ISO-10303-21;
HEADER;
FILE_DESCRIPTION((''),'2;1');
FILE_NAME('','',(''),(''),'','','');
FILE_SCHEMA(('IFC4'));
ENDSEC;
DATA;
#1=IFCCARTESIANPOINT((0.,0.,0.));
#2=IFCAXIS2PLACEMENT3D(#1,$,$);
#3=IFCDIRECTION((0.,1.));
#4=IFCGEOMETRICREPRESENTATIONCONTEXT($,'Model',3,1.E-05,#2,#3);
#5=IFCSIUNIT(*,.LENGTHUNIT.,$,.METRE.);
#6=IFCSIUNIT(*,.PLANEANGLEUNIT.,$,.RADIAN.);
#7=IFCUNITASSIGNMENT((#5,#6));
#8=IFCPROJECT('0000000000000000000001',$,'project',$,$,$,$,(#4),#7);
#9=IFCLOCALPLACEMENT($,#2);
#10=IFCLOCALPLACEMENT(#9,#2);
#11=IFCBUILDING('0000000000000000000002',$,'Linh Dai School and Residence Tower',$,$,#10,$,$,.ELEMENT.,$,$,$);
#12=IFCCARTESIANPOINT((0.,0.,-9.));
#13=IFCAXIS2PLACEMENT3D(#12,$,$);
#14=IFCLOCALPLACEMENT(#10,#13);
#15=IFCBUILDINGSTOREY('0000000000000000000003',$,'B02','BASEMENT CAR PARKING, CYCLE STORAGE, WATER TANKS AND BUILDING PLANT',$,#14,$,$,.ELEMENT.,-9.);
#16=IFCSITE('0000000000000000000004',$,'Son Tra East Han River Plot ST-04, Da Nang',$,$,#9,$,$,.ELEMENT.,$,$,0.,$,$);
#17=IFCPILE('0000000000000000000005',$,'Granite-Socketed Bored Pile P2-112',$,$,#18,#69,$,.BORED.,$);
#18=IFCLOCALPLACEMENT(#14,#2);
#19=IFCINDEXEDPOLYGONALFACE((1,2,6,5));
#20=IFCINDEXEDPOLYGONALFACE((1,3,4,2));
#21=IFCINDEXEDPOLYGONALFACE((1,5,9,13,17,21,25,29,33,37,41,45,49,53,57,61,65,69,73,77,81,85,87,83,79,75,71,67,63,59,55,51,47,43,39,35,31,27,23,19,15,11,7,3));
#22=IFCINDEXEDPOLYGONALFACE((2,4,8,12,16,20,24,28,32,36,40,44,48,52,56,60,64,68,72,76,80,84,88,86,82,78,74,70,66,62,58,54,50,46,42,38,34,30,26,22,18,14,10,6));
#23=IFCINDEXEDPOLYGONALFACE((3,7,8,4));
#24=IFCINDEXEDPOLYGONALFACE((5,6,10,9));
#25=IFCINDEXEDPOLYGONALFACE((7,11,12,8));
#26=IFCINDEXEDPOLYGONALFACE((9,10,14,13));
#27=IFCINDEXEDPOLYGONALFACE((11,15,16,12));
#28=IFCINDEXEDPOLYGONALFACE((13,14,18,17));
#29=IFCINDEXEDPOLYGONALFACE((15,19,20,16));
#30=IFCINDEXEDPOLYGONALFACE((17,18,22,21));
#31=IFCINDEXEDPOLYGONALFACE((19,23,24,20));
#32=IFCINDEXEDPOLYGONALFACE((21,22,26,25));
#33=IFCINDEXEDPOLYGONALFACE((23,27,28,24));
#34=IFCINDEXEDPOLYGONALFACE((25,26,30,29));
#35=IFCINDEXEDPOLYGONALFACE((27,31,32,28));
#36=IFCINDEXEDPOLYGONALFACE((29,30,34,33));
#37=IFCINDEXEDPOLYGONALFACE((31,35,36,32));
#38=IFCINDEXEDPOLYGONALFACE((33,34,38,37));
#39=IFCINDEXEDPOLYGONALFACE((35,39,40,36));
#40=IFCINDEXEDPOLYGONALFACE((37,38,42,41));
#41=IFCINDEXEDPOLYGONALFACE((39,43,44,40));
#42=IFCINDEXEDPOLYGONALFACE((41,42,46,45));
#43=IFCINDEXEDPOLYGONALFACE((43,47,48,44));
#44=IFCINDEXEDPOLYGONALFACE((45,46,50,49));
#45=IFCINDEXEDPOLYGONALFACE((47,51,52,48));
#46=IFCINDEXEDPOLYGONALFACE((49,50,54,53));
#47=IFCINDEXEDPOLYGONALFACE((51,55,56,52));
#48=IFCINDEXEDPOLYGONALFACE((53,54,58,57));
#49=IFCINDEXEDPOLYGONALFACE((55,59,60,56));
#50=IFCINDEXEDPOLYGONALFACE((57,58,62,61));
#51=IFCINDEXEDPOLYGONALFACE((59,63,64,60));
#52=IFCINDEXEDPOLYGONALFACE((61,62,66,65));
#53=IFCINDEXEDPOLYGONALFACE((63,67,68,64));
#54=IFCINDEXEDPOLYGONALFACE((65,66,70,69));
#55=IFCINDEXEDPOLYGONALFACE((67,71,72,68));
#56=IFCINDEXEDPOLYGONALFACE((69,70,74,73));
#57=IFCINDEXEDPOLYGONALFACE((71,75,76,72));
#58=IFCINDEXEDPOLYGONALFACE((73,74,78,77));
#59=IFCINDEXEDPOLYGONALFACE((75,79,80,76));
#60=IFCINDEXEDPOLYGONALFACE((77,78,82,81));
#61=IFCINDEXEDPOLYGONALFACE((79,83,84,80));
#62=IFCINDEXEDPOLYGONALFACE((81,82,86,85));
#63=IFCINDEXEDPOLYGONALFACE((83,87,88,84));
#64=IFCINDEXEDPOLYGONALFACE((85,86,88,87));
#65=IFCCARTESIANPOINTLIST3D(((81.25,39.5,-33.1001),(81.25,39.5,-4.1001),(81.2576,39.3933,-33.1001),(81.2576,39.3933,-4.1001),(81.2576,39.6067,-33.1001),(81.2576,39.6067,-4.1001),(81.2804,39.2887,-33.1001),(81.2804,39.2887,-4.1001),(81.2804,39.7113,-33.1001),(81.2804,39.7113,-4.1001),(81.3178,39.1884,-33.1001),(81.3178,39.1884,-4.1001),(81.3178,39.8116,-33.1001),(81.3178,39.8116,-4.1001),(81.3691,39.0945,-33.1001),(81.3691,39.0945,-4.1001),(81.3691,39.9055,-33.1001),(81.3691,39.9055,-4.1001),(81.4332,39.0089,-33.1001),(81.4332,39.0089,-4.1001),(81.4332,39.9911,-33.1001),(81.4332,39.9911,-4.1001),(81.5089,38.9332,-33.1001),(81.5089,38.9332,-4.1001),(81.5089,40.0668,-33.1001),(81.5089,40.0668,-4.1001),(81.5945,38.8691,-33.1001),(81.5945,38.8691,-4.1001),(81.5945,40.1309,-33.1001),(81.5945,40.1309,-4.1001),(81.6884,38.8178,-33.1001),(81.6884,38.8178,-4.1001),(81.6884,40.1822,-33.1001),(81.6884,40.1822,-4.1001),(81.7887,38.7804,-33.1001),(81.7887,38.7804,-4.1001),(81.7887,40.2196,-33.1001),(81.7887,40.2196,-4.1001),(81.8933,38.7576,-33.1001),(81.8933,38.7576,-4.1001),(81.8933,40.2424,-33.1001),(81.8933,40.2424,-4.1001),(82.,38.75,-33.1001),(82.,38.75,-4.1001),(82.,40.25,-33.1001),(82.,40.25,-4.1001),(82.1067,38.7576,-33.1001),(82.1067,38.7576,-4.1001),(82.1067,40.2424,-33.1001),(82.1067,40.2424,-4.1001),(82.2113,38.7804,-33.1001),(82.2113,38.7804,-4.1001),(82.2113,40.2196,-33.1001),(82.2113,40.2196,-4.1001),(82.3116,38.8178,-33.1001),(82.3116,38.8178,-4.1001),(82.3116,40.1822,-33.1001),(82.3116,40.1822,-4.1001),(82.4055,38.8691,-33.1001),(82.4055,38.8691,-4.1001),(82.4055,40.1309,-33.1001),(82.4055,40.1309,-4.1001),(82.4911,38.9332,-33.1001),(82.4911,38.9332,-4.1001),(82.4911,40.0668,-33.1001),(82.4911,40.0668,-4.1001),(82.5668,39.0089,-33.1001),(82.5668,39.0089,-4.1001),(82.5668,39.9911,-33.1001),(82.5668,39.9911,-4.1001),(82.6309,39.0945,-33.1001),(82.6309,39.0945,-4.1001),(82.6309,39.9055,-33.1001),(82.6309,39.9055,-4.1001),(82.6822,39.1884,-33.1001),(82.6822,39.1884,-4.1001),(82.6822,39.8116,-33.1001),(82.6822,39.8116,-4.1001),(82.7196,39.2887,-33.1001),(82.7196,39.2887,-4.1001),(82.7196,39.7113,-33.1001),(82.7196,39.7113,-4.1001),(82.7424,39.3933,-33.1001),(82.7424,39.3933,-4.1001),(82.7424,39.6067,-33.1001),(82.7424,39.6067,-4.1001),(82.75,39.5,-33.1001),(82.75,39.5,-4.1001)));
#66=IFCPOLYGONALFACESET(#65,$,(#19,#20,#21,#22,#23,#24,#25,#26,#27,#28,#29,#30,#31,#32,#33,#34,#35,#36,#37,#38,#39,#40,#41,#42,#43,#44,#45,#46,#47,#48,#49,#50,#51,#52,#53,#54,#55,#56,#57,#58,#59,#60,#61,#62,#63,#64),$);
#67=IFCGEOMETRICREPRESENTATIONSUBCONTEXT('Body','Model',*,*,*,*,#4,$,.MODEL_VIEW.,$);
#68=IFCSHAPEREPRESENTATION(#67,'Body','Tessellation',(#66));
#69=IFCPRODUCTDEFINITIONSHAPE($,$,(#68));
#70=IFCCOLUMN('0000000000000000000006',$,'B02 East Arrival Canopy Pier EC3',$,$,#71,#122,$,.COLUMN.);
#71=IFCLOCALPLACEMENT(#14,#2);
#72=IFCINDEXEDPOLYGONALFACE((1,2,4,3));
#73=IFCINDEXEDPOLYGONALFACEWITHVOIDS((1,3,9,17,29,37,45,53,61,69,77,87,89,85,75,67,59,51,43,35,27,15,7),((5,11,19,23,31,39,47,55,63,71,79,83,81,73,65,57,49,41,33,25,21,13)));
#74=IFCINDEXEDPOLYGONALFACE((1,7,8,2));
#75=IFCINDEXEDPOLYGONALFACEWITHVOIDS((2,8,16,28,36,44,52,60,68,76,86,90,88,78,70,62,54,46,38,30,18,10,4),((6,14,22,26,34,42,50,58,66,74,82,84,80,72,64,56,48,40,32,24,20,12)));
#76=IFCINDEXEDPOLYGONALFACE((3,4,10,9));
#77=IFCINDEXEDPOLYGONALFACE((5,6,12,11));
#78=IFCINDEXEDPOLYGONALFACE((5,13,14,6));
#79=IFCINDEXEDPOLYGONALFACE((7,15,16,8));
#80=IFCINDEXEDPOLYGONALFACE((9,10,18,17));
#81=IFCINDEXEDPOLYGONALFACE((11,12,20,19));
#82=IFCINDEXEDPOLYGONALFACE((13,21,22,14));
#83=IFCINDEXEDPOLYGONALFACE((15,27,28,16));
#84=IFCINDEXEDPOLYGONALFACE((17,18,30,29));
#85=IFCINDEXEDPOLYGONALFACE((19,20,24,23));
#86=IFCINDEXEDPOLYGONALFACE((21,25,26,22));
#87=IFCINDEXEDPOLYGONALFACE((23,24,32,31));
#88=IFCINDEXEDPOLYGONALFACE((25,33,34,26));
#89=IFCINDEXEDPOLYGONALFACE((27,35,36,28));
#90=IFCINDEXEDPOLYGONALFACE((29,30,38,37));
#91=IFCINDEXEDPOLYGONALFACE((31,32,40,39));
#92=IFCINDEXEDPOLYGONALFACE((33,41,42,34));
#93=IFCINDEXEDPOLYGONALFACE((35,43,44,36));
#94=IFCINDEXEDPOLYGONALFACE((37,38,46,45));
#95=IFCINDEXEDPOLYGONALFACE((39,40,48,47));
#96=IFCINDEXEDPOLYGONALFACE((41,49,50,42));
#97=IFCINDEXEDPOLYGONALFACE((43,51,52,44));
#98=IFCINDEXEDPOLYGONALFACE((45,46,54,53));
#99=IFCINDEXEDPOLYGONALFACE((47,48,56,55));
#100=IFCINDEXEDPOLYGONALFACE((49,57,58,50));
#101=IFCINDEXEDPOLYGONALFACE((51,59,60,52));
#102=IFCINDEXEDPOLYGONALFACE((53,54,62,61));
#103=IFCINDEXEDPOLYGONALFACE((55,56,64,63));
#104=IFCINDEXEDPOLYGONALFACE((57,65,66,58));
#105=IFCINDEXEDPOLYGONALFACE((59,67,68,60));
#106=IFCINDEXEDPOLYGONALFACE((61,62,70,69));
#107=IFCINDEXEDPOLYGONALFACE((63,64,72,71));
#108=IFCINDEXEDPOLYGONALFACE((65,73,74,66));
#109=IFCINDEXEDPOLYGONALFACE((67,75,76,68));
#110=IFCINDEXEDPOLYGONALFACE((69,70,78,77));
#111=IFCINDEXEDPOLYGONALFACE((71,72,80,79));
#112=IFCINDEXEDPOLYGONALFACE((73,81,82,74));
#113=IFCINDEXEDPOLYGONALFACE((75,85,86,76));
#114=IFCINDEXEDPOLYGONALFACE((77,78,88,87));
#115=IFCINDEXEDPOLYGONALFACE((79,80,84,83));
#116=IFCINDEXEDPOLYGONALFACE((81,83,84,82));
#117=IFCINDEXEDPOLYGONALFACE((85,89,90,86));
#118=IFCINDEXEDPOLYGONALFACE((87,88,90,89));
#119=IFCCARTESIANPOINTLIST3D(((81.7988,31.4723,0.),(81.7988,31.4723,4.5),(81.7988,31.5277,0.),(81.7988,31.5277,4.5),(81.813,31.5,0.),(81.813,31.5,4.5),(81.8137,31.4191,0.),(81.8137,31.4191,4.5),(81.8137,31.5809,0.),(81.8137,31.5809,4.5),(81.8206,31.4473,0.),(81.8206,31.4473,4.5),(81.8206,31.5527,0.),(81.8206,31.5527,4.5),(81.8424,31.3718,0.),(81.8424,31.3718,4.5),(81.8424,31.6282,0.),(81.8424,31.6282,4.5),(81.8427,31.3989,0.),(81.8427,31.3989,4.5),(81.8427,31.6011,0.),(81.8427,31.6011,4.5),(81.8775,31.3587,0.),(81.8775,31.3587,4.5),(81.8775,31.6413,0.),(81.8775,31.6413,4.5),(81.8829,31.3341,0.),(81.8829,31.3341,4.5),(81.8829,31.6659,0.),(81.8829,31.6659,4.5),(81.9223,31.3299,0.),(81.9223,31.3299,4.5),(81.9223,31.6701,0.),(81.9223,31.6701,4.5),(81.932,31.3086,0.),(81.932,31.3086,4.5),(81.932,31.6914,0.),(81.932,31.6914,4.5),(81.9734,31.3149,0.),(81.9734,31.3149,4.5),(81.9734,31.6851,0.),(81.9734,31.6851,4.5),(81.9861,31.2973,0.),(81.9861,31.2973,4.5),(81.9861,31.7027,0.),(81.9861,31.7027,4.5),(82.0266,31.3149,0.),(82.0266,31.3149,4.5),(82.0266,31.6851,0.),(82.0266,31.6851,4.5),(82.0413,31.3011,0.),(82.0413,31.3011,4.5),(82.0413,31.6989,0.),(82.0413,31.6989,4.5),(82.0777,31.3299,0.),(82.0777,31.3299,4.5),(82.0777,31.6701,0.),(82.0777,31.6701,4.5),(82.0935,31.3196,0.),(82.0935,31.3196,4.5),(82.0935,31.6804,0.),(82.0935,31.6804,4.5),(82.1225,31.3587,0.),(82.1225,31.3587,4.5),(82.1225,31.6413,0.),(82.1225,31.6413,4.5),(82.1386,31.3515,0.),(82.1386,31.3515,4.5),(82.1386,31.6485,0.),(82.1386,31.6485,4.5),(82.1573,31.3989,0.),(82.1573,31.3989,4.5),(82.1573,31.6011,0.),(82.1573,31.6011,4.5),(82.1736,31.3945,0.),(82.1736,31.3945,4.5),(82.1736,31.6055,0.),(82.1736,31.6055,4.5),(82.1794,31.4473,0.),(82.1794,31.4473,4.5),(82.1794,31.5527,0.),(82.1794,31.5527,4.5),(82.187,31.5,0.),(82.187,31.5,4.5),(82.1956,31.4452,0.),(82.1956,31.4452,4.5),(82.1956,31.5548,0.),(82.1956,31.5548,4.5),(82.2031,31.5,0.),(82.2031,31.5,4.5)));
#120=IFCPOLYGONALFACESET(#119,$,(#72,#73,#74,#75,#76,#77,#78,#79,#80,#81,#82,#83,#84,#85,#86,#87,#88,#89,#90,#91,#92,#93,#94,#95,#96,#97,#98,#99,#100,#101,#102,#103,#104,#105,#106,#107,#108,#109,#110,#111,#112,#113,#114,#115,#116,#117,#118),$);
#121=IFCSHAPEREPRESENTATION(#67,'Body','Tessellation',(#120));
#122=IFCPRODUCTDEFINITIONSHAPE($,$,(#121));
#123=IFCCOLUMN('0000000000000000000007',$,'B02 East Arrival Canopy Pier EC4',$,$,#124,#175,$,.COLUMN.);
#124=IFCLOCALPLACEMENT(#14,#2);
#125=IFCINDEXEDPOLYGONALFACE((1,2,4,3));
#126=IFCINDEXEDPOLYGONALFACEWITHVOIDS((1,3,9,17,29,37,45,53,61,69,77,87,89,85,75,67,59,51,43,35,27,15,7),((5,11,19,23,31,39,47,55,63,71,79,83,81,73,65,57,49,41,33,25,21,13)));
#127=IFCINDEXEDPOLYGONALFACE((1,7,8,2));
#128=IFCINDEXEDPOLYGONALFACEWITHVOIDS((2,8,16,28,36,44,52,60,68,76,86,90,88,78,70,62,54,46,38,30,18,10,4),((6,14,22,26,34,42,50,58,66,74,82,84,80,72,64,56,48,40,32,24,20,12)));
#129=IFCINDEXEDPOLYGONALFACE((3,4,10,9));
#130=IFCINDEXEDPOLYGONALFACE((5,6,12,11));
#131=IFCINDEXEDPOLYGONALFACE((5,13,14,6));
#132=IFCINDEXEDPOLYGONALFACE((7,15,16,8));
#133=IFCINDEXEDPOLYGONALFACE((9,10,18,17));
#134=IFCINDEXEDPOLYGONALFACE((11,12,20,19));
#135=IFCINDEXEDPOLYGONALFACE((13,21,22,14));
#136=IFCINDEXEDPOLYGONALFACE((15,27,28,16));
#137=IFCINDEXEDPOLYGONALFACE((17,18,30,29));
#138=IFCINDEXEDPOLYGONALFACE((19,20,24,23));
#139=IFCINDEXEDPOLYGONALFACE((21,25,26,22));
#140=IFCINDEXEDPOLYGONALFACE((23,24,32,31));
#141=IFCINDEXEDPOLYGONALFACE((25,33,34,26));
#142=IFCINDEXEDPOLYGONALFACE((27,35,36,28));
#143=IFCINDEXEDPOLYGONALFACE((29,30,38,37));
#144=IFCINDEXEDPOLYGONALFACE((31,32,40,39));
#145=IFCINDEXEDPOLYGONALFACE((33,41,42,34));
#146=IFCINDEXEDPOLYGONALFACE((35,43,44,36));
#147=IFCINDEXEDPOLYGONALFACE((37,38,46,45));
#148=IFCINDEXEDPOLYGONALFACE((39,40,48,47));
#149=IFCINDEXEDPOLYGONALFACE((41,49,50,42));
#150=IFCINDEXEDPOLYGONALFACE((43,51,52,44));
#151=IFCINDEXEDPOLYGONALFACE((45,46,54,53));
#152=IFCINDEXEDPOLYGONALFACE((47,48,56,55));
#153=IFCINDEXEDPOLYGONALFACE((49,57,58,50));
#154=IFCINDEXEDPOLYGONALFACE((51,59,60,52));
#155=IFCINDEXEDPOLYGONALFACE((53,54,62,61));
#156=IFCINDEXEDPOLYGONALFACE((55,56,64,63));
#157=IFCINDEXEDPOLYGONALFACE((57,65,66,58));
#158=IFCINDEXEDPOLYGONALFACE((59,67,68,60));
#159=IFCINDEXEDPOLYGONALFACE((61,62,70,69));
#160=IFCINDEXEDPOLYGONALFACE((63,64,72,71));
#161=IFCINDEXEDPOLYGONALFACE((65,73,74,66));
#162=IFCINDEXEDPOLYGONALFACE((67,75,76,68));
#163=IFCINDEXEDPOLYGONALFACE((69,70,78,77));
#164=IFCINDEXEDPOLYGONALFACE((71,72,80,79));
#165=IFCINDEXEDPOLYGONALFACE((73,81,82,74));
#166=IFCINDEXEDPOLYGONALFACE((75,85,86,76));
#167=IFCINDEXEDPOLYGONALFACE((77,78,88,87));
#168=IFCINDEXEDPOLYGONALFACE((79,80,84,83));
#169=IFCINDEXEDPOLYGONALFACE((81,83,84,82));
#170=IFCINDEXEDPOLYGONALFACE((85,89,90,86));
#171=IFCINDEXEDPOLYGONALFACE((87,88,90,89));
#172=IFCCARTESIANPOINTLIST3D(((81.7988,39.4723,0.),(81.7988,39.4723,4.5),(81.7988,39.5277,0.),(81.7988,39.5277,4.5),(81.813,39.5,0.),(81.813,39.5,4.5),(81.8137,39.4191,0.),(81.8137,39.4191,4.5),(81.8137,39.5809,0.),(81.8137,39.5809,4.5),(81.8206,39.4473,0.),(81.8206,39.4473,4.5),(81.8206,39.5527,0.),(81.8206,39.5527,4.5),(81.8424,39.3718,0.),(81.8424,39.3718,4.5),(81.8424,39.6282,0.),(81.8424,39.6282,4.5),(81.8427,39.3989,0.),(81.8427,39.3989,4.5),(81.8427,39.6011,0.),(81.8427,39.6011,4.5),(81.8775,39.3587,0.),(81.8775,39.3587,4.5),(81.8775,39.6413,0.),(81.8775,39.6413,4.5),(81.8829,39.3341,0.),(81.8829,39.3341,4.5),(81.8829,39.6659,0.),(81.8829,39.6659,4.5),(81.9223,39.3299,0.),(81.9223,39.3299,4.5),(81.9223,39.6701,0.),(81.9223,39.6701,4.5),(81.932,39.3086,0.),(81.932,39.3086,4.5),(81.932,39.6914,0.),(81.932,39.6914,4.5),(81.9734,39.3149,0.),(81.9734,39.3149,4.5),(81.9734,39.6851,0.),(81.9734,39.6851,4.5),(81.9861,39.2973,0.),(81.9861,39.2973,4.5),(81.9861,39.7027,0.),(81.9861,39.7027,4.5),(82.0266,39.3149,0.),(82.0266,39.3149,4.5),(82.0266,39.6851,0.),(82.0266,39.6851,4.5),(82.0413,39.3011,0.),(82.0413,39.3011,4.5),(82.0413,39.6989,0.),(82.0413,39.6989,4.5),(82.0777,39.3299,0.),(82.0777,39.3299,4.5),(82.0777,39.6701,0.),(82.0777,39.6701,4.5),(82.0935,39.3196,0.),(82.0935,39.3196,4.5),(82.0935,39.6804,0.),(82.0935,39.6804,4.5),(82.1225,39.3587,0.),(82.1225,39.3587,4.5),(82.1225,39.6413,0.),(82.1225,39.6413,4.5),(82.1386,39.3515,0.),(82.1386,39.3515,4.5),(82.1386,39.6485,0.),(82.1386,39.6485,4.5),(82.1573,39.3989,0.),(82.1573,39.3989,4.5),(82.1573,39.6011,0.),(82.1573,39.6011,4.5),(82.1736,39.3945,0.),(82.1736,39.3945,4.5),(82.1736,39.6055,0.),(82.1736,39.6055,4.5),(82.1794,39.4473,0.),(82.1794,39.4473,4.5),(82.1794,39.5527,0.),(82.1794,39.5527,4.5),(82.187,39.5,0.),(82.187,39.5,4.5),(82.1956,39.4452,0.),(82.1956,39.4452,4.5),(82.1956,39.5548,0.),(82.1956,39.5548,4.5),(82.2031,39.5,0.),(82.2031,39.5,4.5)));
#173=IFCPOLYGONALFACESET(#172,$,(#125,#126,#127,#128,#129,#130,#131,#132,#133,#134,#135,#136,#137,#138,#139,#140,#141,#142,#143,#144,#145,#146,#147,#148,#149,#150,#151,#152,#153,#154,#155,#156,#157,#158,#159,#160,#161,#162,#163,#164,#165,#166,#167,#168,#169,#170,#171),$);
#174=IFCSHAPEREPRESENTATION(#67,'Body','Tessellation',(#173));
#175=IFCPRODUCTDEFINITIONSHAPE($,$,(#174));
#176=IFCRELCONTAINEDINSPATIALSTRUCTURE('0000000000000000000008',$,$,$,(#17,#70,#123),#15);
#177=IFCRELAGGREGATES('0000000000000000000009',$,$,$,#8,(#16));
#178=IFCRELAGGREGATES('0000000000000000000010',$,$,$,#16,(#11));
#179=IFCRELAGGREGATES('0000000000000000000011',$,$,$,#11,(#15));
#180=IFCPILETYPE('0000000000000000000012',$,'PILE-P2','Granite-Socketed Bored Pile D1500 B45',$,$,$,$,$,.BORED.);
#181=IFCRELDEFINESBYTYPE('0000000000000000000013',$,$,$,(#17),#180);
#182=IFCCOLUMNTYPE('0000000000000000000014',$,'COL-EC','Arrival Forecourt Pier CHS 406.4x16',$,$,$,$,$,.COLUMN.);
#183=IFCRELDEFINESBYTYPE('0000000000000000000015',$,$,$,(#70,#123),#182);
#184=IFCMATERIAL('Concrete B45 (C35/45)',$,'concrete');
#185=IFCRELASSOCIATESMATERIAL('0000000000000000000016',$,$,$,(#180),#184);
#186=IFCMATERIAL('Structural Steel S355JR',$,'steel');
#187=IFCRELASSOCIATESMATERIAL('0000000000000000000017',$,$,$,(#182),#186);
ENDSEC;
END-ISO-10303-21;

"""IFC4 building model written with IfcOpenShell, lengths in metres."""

from ifc_helpers import new_model, si_unit, direction, frame, origin, origin_2d, place, context, subcontext, project, spatial, circle, hollow_circle, extrude, material, material_profile, profile_set, type_object, element, save


model = new_model("IFC4")

# Units and contexts
model_context = context("Model", 3, precision=1e-05, world=origin(), true_north=direction((0.0, 1.0)))
body_context = subcontext(model_context, "Body", "Model", "MODEL_VIEW")
ifc_project = project(units=[si_unit("LENGTHUNIT", "METRE"), si_unit("PLANEANGLEUNIT", "RADIAN")], contexts=[model_context])

# Site, building, storey
site_placement = place(None, origin())
site = spatial("IfcSite", under=ifc_project, at=site_placement, Name="Son Tra East Han River Plot ST-04, Da Nang", CompositionType="ELEMENT", RefElevation=0.0)
building_placement = place(site_placement, origin())
building = spatial("IfcBuilding", under=site, at=building_placement, Name="Linh Dai School and Residence Tower", CompositionType="ELEMENT")
storey_placement = place(building_placement, frame((0.0, 0.0, -9.0)))
storey = spatial("IfcBuildingStorey", under=building, at=storey_placement, Name="B02", Description="BASEMENT CAR PARKING, CYCLE STORAGE, WATER TANKS AND BUILDING PLANT", CompositionType="ELEMENT", Elevation=-9.0)

# Pile
ifc_material_1 = material(Name="Concrete B45 (C35/45)", Category="concrete")
ifc_material_profile_1 = material_profile(ifc_material_1, circle(Radius=0.75, at=origin_2d()), Name="PILE D1500")
ifc_profile_set_1 = profile_set([ifc_material_profile_1], Name="Concrete B45 (C35/45)")
pile_type = type_object("IfcPileType", Name="PILE-P2", Description="Granite-Socketed Bored Pile D1500 B45", PredefinedType="BORED", material=ifc_profile_set_1)
for number, where, z_axis, x_axis, name in (
    (1, (82.0, 39.5, -4.1001), (0.0, 0.0, -1.0), (1.0, 0.0, 0.0), "Granite-Socketed Bored Pile P2-112"),
):
    element("IfcPile", number, at=place(storey_placement, frame(where, z_axis=z_axis, x_axis=x_axis)), inside=storey, type_object=pile_type, Name=name, PredefinedType="BORED", context=body_context, shape_type="SweptSolid", body=[
        extrude(circle(Radius=0.75, at=origin_2d()), origin(), (0.0, 0.0, 1.0), 29.0),
    ])

# Columns
ifc_material_2 = material(Name="Structural Steel S355JR", Category="steel")
ifc_material_profile_2 = material_profile(ifc_material_2, hollow_circle(Radius=0.2031, WallThickness=0.0161, at=origin_2d()), Name="CHS 406.4x16")
ifc_profile_set_2 = profile_set([ifc_material_profile_2], Name="Structural Steel S355JR")
column_type_1 = type_object("IfcColumnType", Name="COL-EC", Description="Arrival Forecourt Pier CHS 406.4x16", PredefinedType="COLUMN", material=ifc_profile_set_2)
for number, where, z_axis, x_axis, name in (
    (2, (82.0, 31.5, 0.0), (0.0, 0.0, 1.0), (1.0, 0.0, 0.0), "B02 East Arrival Canopy Pier EC3"),
    (3, (82.0, 39.5, 0.0), (0.0, 0.0, 1.0), (1.0, 0.0, 0.0), "B02 East Arrival Canopy Pier EC4"),
):
    element("IfcColumn", number, at=place(storey_placement, frame(where, z_axis=z_axis, x_axis=x_axis)), inside=storey, type_object=column_type_1, Name=name, PredefinedType="COLUMN", context=body_context, shape_type="SweptSolid", body=[
        extrude(hollow_circle(Radius=0.2031, WallThickness=0.0161, at=origin_2d()), origin(), (0.0, 0.0, 1.0), 4.5),
    ])

save(model, "model.ifc")
